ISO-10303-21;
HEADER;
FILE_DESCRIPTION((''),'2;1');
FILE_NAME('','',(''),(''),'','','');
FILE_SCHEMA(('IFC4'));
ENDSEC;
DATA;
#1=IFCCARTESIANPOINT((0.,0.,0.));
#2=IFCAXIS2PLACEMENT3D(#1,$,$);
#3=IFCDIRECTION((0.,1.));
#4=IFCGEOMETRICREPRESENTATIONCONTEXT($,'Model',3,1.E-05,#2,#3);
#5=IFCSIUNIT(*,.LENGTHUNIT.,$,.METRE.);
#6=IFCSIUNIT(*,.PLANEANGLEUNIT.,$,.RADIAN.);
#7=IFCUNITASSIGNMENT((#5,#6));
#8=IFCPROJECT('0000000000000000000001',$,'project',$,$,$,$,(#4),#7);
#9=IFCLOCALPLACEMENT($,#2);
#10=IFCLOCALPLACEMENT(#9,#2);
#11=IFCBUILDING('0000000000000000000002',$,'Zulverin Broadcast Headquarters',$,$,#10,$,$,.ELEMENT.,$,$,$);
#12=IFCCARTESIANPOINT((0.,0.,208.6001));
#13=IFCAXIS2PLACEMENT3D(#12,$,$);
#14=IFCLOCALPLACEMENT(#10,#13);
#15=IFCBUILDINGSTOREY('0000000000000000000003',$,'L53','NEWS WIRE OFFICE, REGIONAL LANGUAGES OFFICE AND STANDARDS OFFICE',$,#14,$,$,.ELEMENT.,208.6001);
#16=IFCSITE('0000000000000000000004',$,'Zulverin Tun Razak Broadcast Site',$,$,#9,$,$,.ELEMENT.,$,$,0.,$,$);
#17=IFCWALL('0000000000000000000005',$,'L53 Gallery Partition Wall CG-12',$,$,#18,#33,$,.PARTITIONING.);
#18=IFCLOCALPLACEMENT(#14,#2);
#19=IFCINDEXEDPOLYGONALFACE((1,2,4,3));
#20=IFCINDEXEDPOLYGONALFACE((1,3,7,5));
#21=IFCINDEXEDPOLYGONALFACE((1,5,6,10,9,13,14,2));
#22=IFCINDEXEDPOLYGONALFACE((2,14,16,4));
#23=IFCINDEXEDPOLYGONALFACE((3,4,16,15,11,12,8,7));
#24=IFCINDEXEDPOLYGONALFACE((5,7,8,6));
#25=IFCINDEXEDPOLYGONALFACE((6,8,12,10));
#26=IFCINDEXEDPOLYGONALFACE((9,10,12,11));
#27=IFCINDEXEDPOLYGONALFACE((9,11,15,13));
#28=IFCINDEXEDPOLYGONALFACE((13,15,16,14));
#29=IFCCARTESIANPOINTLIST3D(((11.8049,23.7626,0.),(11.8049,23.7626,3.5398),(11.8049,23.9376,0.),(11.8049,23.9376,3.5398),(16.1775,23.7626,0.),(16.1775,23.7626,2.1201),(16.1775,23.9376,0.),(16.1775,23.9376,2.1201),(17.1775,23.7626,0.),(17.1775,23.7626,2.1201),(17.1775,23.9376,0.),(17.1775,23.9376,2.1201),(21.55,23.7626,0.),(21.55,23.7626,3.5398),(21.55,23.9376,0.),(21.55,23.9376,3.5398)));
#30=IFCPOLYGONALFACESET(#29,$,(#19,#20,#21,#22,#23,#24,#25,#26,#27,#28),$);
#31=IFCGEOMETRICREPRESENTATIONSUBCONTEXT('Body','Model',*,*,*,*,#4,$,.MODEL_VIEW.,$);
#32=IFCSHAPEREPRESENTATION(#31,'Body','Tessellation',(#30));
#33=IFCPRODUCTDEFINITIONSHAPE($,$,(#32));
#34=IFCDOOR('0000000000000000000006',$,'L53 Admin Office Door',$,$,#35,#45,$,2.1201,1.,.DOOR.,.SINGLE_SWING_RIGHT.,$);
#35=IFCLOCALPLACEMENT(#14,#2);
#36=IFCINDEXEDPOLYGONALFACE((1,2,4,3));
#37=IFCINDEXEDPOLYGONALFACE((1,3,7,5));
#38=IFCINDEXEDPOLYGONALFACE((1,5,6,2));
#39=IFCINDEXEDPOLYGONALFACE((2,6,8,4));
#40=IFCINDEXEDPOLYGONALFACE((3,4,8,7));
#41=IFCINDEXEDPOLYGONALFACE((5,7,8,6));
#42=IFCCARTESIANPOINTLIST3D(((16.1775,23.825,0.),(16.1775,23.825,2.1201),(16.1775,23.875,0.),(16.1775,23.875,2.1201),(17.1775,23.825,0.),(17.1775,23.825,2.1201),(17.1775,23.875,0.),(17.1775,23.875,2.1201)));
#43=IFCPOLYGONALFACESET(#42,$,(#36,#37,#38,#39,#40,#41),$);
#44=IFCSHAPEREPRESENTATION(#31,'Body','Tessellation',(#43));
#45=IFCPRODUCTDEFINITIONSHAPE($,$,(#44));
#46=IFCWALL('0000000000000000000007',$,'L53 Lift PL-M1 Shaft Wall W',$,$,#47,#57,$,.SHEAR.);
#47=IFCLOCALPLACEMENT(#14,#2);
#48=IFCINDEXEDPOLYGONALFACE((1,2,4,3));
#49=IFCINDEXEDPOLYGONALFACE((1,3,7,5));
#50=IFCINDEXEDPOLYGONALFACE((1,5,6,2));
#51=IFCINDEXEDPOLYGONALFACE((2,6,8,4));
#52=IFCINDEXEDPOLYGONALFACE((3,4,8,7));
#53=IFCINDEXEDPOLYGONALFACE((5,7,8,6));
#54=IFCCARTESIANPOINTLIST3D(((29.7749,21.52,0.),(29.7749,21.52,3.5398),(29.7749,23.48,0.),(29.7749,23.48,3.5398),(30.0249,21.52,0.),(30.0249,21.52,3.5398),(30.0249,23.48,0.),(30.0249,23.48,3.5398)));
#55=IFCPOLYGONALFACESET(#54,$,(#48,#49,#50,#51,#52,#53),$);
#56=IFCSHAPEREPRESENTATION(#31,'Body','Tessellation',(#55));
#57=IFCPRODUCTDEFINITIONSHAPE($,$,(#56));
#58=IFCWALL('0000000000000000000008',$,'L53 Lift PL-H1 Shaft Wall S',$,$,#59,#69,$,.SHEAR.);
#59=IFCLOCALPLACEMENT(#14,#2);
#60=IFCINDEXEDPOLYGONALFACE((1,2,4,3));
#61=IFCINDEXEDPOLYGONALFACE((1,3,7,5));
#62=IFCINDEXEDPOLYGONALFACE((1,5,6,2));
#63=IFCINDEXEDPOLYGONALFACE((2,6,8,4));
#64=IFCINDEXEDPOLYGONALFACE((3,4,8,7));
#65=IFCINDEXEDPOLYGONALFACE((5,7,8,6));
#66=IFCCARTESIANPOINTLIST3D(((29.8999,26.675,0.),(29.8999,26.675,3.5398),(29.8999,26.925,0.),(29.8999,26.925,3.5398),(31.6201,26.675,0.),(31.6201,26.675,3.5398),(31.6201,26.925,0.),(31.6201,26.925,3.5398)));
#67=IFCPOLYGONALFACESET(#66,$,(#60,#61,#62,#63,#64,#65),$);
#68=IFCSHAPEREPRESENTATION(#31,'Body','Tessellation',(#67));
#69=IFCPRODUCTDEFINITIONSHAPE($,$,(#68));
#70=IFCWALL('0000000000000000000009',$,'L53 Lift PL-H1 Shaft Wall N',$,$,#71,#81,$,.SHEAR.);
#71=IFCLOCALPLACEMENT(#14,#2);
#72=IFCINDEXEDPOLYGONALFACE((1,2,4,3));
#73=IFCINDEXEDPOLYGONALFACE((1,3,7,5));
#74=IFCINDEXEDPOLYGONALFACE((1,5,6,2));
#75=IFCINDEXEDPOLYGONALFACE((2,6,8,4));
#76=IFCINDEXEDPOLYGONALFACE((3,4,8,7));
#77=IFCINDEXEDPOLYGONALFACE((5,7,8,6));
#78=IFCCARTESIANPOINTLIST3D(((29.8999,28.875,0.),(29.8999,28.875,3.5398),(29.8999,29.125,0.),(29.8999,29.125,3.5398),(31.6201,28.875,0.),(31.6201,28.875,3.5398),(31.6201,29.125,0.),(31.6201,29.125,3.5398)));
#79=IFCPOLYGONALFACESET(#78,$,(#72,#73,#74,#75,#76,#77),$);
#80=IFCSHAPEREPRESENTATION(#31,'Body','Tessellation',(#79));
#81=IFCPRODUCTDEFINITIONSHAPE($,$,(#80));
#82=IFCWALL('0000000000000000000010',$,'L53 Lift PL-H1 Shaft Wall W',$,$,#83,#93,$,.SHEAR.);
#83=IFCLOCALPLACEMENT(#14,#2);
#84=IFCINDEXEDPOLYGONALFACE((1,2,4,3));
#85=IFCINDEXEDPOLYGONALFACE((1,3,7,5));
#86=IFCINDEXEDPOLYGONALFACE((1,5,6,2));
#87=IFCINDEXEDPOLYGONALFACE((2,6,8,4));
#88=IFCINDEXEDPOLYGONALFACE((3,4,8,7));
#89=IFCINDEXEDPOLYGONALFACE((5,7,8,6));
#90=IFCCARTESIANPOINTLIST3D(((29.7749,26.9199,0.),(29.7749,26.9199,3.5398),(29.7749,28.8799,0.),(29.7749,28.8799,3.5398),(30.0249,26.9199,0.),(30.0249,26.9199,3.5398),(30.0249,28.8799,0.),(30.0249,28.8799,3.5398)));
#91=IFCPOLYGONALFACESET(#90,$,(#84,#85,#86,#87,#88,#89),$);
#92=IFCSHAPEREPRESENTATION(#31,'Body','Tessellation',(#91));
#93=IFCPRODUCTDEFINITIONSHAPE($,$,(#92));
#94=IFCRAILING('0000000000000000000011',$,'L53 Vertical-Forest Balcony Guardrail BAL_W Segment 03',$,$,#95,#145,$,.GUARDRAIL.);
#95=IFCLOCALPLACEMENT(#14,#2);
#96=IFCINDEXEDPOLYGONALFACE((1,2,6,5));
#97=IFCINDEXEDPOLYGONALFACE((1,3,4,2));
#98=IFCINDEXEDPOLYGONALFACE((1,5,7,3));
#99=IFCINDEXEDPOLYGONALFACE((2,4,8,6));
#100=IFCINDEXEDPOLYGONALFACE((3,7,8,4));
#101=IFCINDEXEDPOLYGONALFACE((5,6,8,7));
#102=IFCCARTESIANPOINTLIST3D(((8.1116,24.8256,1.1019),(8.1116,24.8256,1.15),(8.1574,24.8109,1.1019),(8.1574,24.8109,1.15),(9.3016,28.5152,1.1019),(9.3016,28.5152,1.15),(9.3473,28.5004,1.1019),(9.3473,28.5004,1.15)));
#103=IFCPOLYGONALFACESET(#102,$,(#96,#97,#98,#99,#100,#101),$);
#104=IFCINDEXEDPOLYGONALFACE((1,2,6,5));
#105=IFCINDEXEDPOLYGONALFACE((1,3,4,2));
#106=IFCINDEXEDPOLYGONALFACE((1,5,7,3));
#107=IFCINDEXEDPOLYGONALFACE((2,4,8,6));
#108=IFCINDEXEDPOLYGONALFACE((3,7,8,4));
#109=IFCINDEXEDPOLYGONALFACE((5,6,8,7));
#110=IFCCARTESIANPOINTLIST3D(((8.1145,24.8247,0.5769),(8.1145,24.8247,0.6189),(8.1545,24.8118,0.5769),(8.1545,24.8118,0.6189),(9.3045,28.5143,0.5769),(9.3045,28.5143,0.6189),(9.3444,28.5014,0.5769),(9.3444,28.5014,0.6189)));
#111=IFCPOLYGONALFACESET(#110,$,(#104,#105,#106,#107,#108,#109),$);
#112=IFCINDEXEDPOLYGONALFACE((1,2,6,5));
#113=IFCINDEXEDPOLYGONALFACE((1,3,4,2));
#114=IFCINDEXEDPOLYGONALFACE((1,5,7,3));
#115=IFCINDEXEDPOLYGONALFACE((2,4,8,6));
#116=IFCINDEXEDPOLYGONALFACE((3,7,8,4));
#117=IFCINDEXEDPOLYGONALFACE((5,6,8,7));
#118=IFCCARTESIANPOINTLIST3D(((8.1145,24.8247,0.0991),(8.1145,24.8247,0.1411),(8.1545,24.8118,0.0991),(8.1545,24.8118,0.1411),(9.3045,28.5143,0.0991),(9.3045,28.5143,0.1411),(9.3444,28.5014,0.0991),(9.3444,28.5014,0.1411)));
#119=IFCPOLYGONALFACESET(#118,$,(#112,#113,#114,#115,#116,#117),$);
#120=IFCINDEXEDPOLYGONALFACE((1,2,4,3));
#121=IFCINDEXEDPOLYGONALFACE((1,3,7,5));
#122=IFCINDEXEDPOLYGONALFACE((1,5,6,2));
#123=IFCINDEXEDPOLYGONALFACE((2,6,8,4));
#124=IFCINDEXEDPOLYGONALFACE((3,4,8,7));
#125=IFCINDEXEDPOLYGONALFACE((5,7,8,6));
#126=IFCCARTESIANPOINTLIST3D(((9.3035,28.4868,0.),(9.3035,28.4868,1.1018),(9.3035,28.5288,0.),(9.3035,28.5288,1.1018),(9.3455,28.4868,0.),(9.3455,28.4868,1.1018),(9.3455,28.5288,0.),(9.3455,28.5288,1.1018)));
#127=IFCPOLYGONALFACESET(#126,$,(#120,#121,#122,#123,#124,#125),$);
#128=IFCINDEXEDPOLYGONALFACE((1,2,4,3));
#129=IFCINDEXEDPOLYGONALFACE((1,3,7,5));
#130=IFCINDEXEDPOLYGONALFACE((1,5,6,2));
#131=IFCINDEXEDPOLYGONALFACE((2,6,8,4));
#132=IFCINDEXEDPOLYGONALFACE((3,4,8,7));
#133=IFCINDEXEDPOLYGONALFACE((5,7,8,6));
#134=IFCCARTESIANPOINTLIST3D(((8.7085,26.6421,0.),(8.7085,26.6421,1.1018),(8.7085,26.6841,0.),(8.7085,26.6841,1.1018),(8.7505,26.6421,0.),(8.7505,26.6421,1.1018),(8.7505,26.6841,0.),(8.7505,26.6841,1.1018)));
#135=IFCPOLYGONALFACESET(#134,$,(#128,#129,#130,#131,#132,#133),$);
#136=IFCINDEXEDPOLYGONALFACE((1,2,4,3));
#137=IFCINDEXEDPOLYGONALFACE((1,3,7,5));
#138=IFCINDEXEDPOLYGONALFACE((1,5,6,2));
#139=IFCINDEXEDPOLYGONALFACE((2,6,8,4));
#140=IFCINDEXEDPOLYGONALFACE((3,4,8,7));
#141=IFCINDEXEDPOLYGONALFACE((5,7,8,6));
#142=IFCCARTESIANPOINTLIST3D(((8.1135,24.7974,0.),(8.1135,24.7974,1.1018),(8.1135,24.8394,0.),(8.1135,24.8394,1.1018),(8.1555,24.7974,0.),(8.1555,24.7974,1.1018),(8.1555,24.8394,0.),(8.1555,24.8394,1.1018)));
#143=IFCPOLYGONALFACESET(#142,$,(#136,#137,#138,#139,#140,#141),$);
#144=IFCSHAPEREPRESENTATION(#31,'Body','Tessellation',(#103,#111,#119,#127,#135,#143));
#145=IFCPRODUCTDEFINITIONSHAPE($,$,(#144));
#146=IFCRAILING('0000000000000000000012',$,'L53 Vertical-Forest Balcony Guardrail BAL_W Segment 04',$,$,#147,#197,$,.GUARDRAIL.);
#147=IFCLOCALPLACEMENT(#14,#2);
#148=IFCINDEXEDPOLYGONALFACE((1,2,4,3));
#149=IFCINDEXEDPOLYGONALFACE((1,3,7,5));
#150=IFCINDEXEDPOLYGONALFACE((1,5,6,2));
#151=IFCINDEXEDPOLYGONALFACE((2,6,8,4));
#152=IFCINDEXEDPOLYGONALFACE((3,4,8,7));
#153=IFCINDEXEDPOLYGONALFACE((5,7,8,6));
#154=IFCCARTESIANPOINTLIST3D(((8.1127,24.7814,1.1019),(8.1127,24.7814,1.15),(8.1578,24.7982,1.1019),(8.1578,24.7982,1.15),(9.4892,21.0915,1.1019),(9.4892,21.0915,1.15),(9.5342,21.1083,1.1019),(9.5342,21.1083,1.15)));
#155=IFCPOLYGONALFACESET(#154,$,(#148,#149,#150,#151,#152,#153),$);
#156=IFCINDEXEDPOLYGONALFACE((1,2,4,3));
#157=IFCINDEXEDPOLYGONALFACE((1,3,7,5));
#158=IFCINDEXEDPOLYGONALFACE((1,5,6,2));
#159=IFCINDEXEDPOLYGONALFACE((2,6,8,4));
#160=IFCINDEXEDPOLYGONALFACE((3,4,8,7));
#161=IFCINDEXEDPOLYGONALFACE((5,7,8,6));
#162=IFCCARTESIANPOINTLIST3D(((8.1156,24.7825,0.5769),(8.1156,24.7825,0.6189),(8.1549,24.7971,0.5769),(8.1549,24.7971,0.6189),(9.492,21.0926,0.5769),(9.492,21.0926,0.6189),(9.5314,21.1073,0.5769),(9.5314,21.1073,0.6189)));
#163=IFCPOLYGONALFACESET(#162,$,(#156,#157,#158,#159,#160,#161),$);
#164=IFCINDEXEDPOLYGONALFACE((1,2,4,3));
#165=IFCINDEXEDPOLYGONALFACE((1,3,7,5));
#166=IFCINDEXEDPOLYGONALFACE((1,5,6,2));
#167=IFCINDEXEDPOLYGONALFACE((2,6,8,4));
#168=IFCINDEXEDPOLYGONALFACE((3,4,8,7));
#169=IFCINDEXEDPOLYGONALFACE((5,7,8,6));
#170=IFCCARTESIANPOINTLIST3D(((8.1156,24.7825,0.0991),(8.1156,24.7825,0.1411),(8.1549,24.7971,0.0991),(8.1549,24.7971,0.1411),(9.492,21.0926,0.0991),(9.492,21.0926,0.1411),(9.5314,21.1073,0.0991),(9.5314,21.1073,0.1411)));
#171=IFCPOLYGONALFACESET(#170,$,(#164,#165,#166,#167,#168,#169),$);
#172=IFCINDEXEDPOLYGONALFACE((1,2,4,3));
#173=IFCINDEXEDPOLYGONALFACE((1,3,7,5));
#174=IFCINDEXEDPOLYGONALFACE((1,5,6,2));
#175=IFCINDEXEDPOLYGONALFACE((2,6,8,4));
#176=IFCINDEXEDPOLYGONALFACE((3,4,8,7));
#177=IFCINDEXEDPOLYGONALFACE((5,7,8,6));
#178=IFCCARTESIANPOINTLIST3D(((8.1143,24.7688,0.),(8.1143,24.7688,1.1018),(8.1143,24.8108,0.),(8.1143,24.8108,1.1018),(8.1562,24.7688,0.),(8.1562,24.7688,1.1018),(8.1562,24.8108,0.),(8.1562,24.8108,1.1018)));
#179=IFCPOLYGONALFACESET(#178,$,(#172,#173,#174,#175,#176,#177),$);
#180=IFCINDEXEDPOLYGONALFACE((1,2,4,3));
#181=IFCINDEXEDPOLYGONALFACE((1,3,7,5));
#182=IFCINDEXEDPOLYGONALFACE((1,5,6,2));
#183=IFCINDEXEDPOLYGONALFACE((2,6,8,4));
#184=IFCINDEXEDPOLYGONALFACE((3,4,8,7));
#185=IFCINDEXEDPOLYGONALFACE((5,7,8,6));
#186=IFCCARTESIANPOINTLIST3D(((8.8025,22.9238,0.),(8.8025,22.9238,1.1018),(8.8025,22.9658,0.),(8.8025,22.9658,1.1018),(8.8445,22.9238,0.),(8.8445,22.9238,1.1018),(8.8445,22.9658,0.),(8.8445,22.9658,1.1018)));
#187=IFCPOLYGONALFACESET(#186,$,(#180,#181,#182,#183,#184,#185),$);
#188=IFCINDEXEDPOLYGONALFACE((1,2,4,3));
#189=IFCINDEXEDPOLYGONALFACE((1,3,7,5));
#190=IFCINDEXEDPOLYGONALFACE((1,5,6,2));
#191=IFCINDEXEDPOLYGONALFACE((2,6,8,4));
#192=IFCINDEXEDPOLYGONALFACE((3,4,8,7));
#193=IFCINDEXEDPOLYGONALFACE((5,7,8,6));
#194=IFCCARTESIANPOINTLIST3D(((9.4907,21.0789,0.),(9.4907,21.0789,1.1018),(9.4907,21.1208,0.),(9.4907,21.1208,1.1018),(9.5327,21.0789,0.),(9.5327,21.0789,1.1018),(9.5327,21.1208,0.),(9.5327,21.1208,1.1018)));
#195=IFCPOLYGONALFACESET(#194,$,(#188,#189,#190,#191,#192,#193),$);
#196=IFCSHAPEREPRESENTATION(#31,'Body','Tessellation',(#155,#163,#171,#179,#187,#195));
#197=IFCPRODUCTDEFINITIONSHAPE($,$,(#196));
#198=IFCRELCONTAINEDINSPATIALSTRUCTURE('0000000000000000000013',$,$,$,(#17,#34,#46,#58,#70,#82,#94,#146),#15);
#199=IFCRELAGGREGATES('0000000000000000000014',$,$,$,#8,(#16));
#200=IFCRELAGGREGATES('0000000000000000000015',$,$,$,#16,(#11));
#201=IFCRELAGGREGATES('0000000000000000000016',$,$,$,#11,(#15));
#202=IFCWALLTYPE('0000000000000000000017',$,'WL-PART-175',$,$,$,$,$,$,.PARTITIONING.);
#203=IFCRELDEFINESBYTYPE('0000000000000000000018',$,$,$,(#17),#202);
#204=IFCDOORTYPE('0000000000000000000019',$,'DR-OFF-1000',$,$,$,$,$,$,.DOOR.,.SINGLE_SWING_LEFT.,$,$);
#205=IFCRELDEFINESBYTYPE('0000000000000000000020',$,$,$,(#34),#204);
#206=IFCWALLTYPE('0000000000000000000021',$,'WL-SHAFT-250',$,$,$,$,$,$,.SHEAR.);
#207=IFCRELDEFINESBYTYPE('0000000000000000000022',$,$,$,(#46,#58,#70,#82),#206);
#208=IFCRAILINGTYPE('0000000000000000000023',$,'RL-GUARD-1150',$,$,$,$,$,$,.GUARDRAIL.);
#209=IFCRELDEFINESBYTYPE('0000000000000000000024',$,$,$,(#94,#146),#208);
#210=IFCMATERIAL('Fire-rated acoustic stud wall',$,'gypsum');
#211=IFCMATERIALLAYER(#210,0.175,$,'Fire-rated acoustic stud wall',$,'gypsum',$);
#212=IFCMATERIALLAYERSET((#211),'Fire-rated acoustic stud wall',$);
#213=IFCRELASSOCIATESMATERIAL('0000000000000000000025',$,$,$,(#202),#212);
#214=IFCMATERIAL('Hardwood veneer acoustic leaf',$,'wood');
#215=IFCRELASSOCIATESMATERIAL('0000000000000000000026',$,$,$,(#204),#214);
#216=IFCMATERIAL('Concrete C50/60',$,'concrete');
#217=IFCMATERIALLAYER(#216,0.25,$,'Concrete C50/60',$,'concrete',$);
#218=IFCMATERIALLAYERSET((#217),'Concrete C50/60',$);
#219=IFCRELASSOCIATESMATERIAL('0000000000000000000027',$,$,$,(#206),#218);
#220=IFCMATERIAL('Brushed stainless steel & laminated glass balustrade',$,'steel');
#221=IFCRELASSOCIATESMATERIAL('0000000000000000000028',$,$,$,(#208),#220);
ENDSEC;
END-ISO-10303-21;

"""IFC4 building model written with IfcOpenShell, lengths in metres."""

from ifc_helpers import new_model, si_unit, direction, frame, frame_2d, origin, origin_2d, place, context, subcontext, project, spatial, rectangle, extrude, material, layer, layer_set, type_object, element, fill, save


model = new_model("IFC4")

# Units and contexts
model_context = context("Model", 3, precision=1e-05, world=origin(), true_north=direction((0.0, 1.0)))
body_context = subcontext(model_context, "Body", "Model", "MODEL_VIEW")
ifc_project = project(units=[si_unit("LENGTHUNIT", "METRE"), si_unit("PLANEANGLEUNIT", "RADIAN")], contexts=[model_context])

# Site, building, storey
site_placement = place(None, origin())
site = spatial("IfcSite", under=ifc_project, at=site_placement, Name="Zulverin Tun Razak Broadcast Site", CompositionType="ELEMENT", RefElevation=0.0)
building_placement = place(site_placement, origin())
building = spatial("IfcBuilding", under=site, at=building_placement, Name="Zulverin Broadcast Headquarters", CompositionType="ELEMENT")
storey_placement = place(building_placement, frame((0.0, 0.0, 208.6001)))
storey = spatial("IfcBuildingStorey", under=building, at=storey_placement, Name="L53", Description="NEWS WIRE OFFICE, REGIONAL LANGUAGES OFFICE AND STANDARDS OFFICE", CompositionType="ELEMENT", Elevation=208.6001)

# Wall, opening, door
ifc_material_1 = material(Name="Fire-rated acoustic stud wall", Category="gypsum")
ifc_layer_1 = layer(ifc_material_1, 0.175, Name="Fire-rated acoustic stud wall", Category="gypsum")
ifc_layer_set_1 = layer_set([ifc_layer_1], Name="Fire-rated acoustic stud wall")
wall_type_1 = type_object("IfcWallType", Name="WL-PART-175", PredefinedType="PARTITIONING", material=ifc_layer_set_1)
wall_1_placement = place(storey_placement, frame((11.8049, 23.8501, 0.0), z_axis=(0.0, 0.0, 1.0), x_axis=(1.0, 0.0, 0.0)))
wall_1 = element("IfcWall", 1, at=wall_1_placement, inside=storey, type_object=wall_type_1, Name="L53 Gallery Partition Wall CG-12", PredefinedType="PARTITIONING", context=body_context, shape_type="SweptSolid", body=[
    extrude(rectangle(XDim=9.7451, YDim=0.175, at=frame_2d((4.8726, 0.0))), origin(), (0.0, 0.0, 1.0), 3.5398),
])
opening_1_placement = place(wall_1_placement, frame((4.3726, 0.0, 0.0)))
opening_1 = element("IfcOpeningElement", 2, at=opening_1_placement, cuts=wall_1, PredefinedType="OPENING", context=body_context, shape_type="SweptSolid", body=[
    extrude(rectangle(XDim=1.0, YDim=2.1201, at=frame_2d((0.5, 1.0601))), frame((0.0, 0.0974, 0.0), z_axis=(0.0, -1.0, 0.0), x_axis=(1.0, 0.0, 0.0)), (0.0, 0.0, 1.0), 0.1951),
])
ifc_material_2 = material(Name="Hardwood veneer acoustic leaf", Category="wood")
door_type_1 = type_object("IfcDoorType", Name="DR-OFF-1000", OperationType="SINGLE_SWING_LEFT", PredefinedType="DOOR", material=ifc_material_2)
door_1_placement = place(opening_1_placement, origin())
door_1 = element("IfcDoor", 3, at=door_1_placement, inside=storey, type_object=door_type_1, Name="L53 Admin Office Door", OperationType="SINGLE_SWING_RIGHT", OverallHeight=2.1201, OverallWidth=1.0, PredefinedType="DOOR", context=body_context, shape_type="SweptSolid", body=[
    extrude(rectangle(XDim=1.0, YDim=2.1201, at=frame_2d((0.5, 1.0601))), frame((0.0, 0.0249, 0.0), z_axis=(0.0, -1.0, 0.0), x_axis=(1.0, 0.0, 0.0)), (0.0, 0.0, 1.0), 0.05),
])
fill(opening_1, door_1)
ifc_material_3 = material(Name="Concrete C50/60", Category="concrete")
ifc_layer_2 = layer(ifc_material_3, 0.25, Name="Concrete C50/60", Category="concrete")
ifc_layer_set_2 = layer_set([ifc_layer_2], Name="Concrete C50/60")
wall_type_2 = type_object("IfcWallType", Name="WL-SHAFT-250", PredefinedType="SHEAR", material=ifc_layer_set_2)

# Walls
wall_2_placement = place(storey_placement, frame((29.8999, 21.52, 0.0), z_axis=(0.0, 0.0, 1.0), x_axis=(0.0, 1.0, 0.0)))
element("IfcWall", 4, at=wall_2_placement, inside=storey, type_object=wall_type_2, Name="L53 Lift PL-M1 Shaft Wall W", PredefinedType="SHEAR", context=body_context, shape_type="SweptSolid", body=[
    extrude(rectangle(XDim=1.96, YDim=0.25, at=frame_2d((0.98, 0.0))), origin(), (0.0, 0.0, 1.0), 3.5398),
])
for number, where, z_axis, x_axis, name in (
    (5, (29.8999, 26.8, 0.0), (0.0, 0.0, 1.0), (1.0, 0.0, 0.0), "L53 Lift PL-H1 Shaft Wall S"),
    (6, (29.8999, 29.0, 0.0), (0.0, 0.0, 1.0), (1.0, 0.0, 0.0), "L53 Lift PL-H1 Shaft Wall N"),
):
    element("IfcWall", number, at=place(storey_placement, frame(where, z_axis=z_axis, x_axis=x_axis)), inside=storey, type_object=wall_type_2, Name=name, PredefinedType="SHEAR", context=body_context, shape_type="SweptSolid", body=[
        extrude(rectangle(XDim=1.7202, YDim=0.25, at=frame_2d((0.8601, 0.0))), origin(), (0.0, 0.0, 1.0), 3.5398),
    ])
wall_3_placement = place(storey_placement, frame((29.8999, 26.9199, 0.0), z_axis=(0.0, 0.0, 1.0), x_axis=(0.0, 1.0, 0.0)))
element("IfcWall", 7, at=wall_3_placement, inside=storey, type_object=wall_type_2, Name="L53 Lift PL-H1 Shaft Wall W", PredefinedType="SHEAR", context=body_context, shape_type="SweptSolid", body=[
    extrude(rectangle(XDim=1.96, YDim=0.25, at=frame_2d((0.98, 0.0))), origin(), (0.0, 0.0, 1.0), 3.5398),
])

# Railings
ifc_material_4 = material(Name="Brushed stainless steel & laminated glass balustrade", Category="steel")
railing_type = type_object("IfcRailingType", Name="RL-GUARD-1150", PredefinedType="GUARDRAIL", material=ifc_material_4)
railing_1_placement = place(storey_placement, frame((9.3245, 28.5078, 0.0)))
element("IfcRailing", 8, at=railing_1_placement, inside=storey, type_object=railing_type, Name="L53 Vertical-Forest Balcony Guardrail BAL_W Segment 03", PredefinedType="GUARDRAIL", context=body_context, shape_type="SweptSolid", body=[
    extrude(rectangle(XDim=0.0481, YDim=0.0481, at=origin_2d()), frame((0.0, 0.0, 1.126), z_axis=(-0.306955, -0.951724, 0.0), x_axis=(0.951724, -0.306955, 0.0)), (0.0, 0.0, 1.0), 3.8767),
    extrude(rectangle(XDim=0.042, YDim=0.042, at=origin_2d()), frame((0.0, 0.0, 0.5979), z_axis=(-0.306955, -0.951724, 0.0), x_axis=(0.951724, -0.306955, 0.0)), (0.0, 0.0, 1.0), 3.8767),
    extrude(rectangle(XDim=0.042, YDim=0.042, at=origin_2d()), frame((0.0, 0.0, 0.1201), z_axis=(-0.306955, -0.951724, 0.0), x_axis=(0.951724, -0.306955, 0.0)), (0.0, 0.0, 1.0), 3.8767),
    extrude(rectangle(XDim=0.042, YDim=0.042, at=origin_2d()), origin(), (0.0, 0.0, 1.0), 1.1018),
    extrude(rectangle(XDim=0.042, YDim=0.042, at=origin_2d()), frame((-0.595, -1.8447, 0.0)), (0.0, 0.0, 1.0), 1.1018),
    extrude(rectangle(XDim=0.042, YDim=0.042, at=origin_2d()), frame((-1.1899, -3.6895, 0.0)), (0.0, 0.0, 1.0), 1.1018),
])
railing_2_placement = place(storey_placement, frame((8.1353, 24.7898, 0.0)))
element("IfcRailing", 9, at=railing_2_placement, inside=storey, type_object=railing_type, Name="L53 Vertical-Forest Balcony Guardrail BAL_W Segment 04", PredefinedType="GUARDRAIL", context=body_context, shape_type="SweptSolid", body=[
    extrude(rectangle(XDim=0.0481, YDim=0.0481, at=origin_2d()), frame((0.0, 0.0, 1.126), z_axis=(0.349506, -0.936934, 0.0), x_axis=(0.936934, 0.349506, 0.0)), (0.0, 0.0, 1.0), 3.9382),
    extrude(rectangle(XDim=0.042, YDim=0.042, at=origin_2d()), frame((0.0, 0.0, 0.5979), z_axis=(0.349506, -0.936934, 0.0), x_axis=(0.936934, 0.349506, 0.0)), (0.0, 0.0, 1.0), 3.9382),
    extrude(rectangle(XDim=0.042, YDim=0.042, at=origin_2d()), frame((0.0, 0.0, 0.1201), z_axis=(0.349506, -0.936934, 0.0), x_axis=(0.936934, 0.349506, 0.0)), (0.0, 0.0, 1.0), 3.9382),
    extrude(rectangle(XDim=0.042, YDim=0.042, at=origin_2d()), origin(), (0.0, 0.0, 1.0), 1.1018),
    extrude(rectangle(XDim=0.042, YDim=0.042, at=origin_2d()), frame((0.6882, -1.845, 0.0)), (0.0, 0.0, 1.0), 1.1018),
    extrude(rectangle(XDim=0.042, YDim=0.042, at=origin_2d()), frame((1.3765, -3.6899, 0.0)), (0.0, 0.0, 1.0), 1.1018),
])

save(model, "model.ifc")
